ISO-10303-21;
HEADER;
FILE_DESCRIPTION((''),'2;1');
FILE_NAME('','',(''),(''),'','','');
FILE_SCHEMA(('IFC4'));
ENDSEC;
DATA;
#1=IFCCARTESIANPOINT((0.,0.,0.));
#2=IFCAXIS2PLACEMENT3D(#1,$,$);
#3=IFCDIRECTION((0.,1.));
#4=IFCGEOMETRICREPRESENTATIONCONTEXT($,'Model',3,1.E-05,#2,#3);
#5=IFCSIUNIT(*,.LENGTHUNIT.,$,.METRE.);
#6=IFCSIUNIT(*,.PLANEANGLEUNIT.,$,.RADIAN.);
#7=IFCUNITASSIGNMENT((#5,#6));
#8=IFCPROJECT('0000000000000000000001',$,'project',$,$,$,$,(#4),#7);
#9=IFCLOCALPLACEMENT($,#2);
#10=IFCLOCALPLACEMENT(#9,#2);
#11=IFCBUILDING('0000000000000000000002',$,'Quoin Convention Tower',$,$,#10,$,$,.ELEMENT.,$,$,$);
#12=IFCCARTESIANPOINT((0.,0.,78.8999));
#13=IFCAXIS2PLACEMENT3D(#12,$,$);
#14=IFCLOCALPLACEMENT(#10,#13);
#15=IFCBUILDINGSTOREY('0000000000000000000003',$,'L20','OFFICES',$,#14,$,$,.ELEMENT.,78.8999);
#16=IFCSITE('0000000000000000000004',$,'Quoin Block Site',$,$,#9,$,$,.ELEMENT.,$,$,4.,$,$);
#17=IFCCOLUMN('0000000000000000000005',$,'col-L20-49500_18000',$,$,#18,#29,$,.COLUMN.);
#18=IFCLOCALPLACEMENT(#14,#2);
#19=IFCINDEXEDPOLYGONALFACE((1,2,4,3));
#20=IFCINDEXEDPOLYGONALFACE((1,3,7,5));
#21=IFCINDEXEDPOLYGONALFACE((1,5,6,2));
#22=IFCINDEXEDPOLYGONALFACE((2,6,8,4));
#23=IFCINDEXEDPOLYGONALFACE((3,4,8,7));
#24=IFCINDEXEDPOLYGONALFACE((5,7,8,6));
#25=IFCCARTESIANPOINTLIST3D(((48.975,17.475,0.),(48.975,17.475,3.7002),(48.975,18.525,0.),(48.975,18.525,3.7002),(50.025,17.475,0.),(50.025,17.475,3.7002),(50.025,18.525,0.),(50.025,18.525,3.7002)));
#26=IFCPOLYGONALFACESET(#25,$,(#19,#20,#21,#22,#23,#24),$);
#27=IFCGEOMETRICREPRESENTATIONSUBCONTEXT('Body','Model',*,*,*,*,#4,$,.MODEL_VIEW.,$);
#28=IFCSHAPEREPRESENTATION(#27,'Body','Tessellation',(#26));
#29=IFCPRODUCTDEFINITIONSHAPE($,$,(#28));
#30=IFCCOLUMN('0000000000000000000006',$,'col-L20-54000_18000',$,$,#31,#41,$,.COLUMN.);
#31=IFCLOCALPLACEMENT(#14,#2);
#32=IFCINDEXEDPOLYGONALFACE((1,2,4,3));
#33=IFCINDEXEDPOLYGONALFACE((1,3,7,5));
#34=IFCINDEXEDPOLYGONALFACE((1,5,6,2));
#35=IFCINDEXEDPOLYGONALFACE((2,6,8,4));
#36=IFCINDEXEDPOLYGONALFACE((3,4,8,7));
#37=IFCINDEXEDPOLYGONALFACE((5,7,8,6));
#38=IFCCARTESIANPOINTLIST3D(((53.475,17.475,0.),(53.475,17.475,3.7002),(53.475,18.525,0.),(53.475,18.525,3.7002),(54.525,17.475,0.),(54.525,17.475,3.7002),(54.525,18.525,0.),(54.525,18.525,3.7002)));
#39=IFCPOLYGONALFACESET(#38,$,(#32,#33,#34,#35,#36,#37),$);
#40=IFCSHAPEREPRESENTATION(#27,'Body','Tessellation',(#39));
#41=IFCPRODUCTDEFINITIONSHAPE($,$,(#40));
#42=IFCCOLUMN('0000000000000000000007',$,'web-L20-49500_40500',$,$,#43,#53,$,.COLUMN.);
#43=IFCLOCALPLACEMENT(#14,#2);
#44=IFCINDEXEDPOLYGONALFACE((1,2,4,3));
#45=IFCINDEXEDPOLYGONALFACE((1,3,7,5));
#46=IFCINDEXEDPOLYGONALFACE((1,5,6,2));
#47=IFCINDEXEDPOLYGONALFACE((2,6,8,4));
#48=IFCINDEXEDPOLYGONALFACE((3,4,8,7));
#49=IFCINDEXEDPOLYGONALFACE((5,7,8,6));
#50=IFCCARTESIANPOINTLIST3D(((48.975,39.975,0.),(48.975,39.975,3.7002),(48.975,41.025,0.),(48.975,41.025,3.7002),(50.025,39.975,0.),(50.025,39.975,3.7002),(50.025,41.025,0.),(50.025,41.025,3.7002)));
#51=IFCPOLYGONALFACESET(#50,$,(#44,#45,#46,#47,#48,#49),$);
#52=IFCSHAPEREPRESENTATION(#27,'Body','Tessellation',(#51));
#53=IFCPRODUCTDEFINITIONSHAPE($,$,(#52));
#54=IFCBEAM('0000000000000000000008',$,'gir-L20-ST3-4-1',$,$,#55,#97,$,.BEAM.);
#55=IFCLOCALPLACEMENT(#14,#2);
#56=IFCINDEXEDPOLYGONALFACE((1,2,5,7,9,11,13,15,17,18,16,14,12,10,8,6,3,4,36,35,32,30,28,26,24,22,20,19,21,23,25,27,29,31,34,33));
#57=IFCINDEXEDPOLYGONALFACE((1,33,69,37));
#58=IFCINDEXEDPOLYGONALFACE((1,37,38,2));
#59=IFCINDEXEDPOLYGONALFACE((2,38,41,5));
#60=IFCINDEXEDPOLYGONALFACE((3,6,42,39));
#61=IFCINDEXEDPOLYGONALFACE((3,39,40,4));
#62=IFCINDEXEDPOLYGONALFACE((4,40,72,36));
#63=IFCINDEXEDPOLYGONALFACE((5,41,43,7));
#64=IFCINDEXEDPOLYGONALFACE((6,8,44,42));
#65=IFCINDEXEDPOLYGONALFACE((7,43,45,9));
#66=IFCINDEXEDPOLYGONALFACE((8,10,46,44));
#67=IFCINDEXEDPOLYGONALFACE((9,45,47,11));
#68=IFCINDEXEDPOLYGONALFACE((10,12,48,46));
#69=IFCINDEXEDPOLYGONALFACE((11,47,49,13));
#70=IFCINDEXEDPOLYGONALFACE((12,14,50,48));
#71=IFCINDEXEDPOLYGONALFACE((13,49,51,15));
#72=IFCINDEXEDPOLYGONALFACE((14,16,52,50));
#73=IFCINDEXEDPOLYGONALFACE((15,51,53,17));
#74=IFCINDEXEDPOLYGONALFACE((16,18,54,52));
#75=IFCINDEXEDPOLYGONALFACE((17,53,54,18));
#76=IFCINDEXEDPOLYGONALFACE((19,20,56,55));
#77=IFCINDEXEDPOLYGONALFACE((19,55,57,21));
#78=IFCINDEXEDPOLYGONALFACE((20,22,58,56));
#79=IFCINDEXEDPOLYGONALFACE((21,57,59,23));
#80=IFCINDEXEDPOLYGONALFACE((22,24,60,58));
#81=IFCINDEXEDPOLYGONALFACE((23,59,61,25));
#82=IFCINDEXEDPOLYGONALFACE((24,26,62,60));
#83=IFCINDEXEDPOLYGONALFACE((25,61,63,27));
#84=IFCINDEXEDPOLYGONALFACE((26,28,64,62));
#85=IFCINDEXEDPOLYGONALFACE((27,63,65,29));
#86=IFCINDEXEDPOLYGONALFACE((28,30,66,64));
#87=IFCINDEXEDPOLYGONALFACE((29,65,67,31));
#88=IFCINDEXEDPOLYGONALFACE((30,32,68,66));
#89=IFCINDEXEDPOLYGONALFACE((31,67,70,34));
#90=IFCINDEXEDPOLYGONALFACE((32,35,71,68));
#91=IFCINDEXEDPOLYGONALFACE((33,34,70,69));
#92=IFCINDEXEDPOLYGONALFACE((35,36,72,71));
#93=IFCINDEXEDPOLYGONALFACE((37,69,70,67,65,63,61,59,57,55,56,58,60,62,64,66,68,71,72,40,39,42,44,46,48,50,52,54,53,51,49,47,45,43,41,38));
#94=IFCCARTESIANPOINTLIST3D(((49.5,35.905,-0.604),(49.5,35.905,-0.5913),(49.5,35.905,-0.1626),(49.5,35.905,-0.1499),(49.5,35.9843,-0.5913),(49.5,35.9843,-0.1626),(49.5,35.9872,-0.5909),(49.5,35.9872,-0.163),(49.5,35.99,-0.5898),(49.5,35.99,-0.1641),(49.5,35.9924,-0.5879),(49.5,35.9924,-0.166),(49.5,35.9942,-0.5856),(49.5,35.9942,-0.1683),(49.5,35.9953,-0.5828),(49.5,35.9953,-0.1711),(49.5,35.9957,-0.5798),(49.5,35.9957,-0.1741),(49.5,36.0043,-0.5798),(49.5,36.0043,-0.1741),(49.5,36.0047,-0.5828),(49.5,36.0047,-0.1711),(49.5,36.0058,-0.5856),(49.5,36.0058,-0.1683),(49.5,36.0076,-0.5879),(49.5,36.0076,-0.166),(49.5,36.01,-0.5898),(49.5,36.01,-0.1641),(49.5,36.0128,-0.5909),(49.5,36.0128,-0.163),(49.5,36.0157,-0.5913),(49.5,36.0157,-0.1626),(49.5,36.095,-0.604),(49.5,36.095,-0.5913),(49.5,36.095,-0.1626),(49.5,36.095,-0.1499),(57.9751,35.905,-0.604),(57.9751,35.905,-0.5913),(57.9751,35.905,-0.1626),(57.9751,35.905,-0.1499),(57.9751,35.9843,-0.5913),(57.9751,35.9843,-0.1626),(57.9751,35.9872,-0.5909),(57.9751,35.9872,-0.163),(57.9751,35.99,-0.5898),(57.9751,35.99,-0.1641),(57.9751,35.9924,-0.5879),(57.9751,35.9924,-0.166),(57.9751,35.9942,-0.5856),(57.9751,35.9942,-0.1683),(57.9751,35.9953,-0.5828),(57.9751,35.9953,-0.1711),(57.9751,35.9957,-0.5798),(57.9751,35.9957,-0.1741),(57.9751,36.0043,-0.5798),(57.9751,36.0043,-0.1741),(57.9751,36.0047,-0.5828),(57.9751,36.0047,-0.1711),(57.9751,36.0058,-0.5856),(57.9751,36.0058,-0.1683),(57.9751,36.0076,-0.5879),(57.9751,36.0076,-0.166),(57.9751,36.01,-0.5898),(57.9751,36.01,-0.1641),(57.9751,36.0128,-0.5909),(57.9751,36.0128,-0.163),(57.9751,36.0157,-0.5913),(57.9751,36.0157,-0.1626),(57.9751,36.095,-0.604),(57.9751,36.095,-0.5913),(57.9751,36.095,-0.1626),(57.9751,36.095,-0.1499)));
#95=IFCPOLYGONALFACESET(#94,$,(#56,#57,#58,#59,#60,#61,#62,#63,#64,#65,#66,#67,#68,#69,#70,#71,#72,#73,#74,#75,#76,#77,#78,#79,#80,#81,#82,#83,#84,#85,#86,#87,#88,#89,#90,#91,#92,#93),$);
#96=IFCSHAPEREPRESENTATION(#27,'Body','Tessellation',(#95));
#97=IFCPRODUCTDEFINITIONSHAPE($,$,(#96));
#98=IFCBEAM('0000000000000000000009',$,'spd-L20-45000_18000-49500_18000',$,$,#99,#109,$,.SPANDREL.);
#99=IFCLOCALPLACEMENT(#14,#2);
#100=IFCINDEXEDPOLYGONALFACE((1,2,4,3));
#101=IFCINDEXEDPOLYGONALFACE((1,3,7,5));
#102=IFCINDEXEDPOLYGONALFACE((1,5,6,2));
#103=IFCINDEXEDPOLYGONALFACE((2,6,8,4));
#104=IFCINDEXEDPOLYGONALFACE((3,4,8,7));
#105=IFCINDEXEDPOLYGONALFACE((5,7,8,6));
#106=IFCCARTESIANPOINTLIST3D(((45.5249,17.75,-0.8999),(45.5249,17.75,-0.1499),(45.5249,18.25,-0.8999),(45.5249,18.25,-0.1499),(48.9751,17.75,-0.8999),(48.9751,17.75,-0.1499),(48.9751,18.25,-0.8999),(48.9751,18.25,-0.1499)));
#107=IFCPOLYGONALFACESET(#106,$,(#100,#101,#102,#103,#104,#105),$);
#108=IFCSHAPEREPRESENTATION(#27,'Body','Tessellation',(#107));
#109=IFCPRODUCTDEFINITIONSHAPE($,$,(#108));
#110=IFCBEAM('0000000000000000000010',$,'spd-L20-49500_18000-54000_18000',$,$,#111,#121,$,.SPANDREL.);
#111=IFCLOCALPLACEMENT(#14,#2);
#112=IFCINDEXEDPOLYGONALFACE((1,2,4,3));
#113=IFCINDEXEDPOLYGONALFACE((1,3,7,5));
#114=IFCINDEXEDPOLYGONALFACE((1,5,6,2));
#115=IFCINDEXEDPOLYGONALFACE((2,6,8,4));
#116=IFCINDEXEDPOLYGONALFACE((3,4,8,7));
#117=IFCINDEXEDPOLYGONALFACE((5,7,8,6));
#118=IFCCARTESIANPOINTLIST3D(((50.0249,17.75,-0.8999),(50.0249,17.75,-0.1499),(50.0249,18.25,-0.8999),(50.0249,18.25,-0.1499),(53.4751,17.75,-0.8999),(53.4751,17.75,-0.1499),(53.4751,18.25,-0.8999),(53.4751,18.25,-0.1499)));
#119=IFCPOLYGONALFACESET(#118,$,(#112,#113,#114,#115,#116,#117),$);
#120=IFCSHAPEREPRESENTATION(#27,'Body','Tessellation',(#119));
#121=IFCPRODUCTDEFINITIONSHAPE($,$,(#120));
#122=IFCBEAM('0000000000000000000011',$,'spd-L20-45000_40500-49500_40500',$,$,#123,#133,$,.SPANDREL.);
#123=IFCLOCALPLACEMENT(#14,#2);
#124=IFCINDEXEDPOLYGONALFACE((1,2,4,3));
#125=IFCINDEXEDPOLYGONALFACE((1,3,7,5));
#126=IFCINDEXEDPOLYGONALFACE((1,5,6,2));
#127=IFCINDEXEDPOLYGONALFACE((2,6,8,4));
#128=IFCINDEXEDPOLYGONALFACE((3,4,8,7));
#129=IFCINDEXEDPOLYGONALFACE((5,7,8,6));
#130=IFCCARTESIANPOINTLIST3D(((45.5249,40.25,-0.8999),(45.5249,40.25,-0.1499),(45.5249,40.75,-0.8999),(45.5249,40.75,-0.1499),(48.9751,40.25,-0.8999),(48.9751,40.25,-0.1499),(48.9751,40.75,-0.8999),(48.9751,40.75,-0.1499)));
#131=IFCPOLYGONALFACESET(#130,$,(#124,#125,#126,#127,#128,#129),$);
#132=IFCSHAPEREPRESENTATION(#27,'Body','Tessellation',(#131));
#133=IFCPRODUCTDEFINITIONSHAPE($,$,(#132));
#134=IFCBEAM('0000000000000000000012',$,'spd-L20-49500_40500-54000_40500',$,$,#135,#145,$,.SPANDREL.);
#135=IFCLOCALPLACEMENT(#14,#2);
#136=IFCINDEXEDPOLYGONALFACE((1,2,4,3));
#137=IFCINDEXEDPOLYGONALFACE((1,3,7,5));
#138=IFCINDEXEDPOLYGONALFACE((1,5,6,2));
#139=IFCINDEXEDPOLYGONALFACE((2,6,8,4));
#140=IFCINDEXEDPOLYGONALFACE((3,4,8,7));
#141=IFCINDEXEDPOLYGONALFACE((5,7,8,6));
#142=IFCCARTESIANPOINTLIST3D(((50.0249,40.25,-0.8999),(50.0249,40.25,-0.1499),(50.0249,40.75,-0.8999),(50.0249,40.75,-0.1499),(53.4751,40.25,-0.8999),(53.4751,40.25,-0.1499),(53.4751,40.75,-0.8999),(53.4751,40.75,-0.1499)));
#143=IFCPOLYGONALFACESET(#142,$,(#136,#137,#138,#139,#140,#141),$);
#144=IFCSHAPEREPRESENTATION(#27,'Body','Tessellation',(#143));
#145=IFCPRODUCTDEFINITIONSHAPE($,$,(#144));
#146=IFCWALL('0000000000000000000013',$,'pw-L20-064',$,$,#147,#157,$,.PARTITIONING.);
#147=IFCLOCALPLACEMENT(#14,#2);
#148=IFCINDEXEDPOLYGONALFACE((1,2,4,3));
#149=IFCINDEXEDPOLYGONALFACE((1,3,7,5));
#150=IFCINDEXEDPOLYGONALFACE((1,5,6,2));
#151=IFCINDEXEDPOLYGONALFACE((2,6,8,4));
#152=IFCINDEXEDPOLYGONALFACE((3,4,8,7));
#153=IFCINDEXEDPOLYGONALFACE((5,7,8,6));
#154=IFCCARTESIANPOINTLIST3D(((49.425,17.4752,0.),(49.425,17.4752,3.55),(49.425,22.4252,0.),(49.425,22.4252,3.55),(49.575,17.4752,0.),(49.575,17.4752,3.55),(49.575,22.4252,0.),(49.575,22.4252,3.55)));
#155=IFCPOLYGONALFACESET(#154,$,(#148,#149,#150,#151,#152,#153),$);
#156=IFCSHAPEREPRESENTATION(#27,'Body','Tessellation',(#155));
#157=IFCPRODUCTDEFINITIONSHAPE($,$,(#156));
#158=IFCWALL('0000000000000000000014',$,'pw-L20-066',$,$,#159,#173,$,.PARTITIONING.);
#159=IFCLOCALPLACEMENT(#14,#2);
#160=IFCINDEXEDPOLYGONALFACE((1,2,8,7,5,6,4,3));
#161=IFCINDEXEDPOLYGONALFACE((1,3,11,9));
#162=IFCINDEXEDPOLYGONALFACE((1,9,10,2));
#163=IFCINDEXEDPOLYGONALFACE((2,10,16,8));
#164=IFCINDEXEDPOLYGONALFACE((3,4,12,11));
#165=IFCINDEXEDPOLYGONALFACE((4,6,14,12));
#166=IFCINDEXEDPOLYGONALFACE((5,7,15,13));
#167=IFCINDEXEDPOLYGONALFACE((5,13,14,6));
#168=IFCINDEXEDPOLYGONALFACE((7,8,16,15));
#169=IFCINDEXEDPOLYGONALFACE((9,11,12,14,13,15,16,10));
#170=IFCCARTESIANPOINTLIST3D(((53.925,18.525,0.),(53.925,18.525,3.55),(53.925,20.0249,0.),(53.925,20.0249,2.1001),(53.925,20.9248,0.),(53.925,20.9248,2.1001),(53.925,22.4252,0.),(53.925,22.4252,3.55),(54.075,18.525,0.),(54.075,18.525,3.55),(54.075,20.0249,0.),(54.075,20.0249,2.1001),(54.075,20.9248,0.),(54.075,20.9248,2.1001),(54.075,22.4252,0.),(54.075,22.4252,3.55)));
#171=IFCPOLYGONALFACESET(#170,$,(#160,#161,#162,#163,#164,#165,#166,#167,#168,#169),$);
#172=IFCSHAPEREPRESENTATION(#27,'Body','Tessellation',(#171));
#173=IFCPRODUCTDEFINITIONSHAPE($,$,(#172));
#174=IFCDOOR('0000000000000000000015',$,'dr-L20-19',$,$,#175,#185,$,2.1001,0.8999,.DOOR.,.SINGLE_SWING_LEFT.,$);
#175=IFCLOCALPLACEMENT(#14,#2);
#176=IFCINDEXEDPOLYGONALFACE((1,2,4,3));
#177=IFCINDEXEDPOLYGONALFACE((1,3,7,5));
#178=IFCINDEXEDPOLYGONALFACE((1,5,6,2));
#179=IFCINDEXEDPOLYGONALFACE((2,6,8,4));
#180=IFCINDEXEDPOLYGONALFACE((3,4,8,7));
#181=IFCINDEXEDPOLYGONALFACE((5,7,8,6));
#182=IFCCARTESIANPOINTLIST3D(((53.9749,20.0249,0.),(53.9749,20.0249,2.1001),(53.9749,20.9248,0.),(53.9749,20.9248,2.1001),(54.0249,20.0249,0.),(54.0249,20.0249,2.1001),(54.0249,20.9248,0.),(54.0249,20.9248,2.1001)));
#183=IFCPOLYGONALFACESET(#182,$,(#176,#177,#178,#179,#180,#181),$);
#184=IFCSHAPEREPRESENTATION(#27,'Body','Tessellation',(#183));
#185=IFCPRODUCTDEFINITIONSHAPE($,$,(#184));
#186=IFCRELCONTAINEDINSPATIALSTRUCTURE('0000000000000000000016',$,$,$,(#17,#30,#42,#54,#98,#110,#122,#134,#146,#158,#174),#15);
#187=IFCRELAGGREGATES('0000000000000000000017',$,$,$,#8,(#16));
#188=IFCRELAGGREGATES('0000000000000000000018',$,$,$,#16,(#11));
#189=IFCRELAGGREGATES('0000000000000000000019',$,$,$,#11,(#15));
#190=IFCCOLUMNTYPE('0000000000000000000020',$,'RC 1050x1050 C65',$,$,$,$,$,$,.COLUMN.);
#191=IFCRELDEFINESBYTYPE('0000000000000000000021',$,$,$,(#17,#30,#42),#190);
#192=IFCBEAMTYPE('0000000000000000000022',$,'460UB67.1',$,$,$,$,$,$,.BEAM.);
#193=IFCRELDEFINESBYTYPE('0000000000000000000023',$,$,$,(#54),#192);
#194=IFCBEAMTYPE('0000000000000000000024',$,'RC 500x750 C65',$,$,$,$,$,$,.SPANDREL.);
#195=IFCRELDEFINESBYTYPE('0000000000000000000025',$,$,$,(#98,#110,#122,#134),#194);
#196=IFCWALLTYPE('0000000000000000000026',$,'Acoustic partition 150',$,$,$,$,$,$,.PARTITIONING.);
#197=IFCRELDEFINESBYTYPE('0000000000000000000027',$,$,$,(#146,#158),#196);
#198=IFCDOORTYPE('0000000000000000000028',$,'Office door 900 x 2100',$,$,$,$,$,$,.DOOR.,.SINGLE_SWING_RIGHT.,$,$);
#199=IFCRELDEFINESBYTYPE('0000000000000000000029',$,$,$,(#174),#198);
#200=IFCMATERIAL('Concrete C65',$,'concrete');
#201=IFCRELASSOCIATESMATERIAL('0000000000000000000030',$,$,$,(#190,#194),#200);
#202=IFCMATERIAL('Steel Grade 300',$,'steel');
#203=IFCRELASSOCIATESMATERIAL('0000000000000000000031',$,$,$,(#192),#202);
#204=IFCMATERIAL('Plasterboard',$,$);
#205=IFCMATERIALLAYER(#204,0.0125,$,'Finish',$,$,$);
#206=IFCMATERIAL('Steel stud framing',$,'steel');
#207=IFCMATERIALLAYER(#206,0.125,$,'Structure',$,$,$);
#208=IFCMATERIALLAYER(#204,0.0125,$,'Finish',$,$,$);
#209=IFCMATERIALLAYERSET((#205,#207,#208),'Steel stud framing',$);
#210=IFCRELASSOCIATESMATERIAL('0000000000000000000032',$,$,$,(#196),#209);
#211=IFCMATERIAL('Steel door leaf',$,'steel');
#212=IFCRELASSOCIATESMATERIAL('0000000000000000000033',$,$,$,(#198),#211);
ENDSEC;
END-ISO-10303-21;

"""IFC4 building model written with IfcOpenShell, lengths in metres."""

from ifc_helpers import new_model, si_unit, direction, frame, frame_2d, origin, origin_2d, place, context, subcontext, project, spatial, rectangle, i_section, extrude, material, layer, layer_set, material_profile, profile_set, type_object, element, fill, save


model = new_model("IFC4")

# Units and contexts
model_context = context("Model", 3, precision=1e-05, world=origin(), true_north=direction((0.0, 1.0)))
body_context = subcontext(model_context, "Body", "Model", "MODEL_VIEW")
ifc_project = project(units=[si_unit("LENGTHUNIT", "METRE"), si_unit("PLANEANGLEUNIT", "RADIAN")], contexts=[model_context])

# Site, building, storey
site_placement = place(None, origin())
site = spatial("IfcSite", under=ifc_project, at=site_placement, Name="Quoin Block Site", CompositionType="ELEMENT", RefElevation=4.0)
building_placement = place(site_placement, origin())
building = spatial("IfcBuilding", under=site, at=building_placement, Name="Quoin Convention Tower", CompositionType="ELEMENT")
storey_placement = place(building_placement, frame((0.0, 0.0, 78.8999)))
storey = spatial("IfcBuildingStorey", under=building, at=storey_placement, Name="L20", Description="OFFICES", CompositionType="ELEMENT", Elevation=78.8999)

# Columns
ifc_material_1 = material(Name="Concrete C65", Category="concrete")
ifc_material_profile_1 = material_profile(ifc_material_1, rectangle(XDim=1.05, YDim=1.05, at=origin_2d()), Name="RC 1050x1050")
ifc_profile_set_1 = profile_set([ifc_material_profile_1], Name="Concrete C65")
column_type = type_object("IfcColumnType", Name="RC 1050x1050 C65", PredefinedType="COLUMN", material=ifc_profile_set_1)
for number, where, z_axis, x_axis, name in (
    (1, (49.5, 18.0, 0.0), (0.0, 0.0, 1.0), (1.0, 0.0, 0.0), "col-L20-49500_18000"),
    (2, (54.0, 18.0, 0.0), (0.0, 0.0, 1.0), (1.0, 0.0, 0.0), "col-L20-54000_18000"),
    (3, (49.5, 40.5, 0.0), (0.0, 0.0, 1.0), (1.0, 0.0, 0.0), "web-L20-49500_40500"),
):
    element("IfcColumn", number, at=place(storey_placement, frame(where, z_axis=z_axis, x_axis=x_axis)), inside=storey, type_object=column_type, Name=name, PredefinedType="COLUMN", context=body_context, shape_type="SweptSolid", body=[
        extrude(rectangle(XDim=1.05, YDim=1.05, at=origin_2d()), origin(), (0.0, 0.0, 1.0), 3.7002),
    ])

# Beams
ifc_material_2 = material(Name="Steel Grade 300", Category="steel")
ifc_material_profile_2 = material_profile(ifc_material_2, i_section(OverallWidth=0.1899, OverallDepth=0.4541, WebThickness=0.0085, FlangeThickness=0.0127, FilletRadius=0.0115, at=origin_2d()), Name="460UB67.1")
ifc_profile_set_2 = profile_set([ifc_material_profile_2], Name="Steel Grade 300")
beam_type_1 = type_object("IfcBeamType", Name="460UB67.1", PredefinedType="BEAM", material=ifc_profile_set_2)
beam_placement = place(storey_placement, frame((49.5, 36.0, -0.377), z_axis=(1.0, 0.0, 0.0), x_axis=(0.0, 1.0, 0.0)))
element("IfcBeam", 4, at=beam_placement, inside=storey, type_object=beam_type_1, Name="gir-L20-ST3-4-1", PredefinedType="BEAM", context=body_context, shape_type="SweptSolid", body=[
    extrude(i_section(OverallWidth=0.1899, OverallDepth=0.4541, WebThickness=0.0085, FlangeThickness=0.0127, FilletRadius=0.0115, at=origin_2d()), origin(), (0.0, 0.0, 1.0), 8.4751),
])
ifc_material_profile_3 = material_profile(ifc_material_1, rectangle(XDim=0.5, YDim=0.75, at=origin_2d()), Name="RC 500x750")
ifc_profile_set_3 = profile_set([ifc_material_profile_3], Name="Concrete C65")
beam_type_2 = type_object("IfcBeamType", Name="RC 500x750 C65", PredefinedType="SPANDREL", material=ifc_profile_set_3)
for number, where, z_axis, x_axis, name in (
    (5, (45.5249, 18.0, -0.5249), (1.0, 0.0, 0.0), (0.0, 1.0, 0.0), "spd-L20-45000_18000-49500_18000"),
    (6, (50.0249, 18.0, -0.5249), (1.0, 0.0, 0.0), (0.0, 1.0, 0.0), "spd-L20-49500_18000-54000_18000"),
    (7, (45.5249, 40.5, -0.5249), (1.0, 0.0, 0.0), (0.0, 1.0, 0.0), "spd-L20-45000_40500-49500_40500"),
    (8, (50.0249, 40.5, -0.5249), (1.0, 0.0, 0.0), (0.0, 1.0, 0.0), "spd-L20-49500_40500-54000_40500"),
):
    element("IfcBeam", number, at=place(storey_placement, frame(where, z_axis=z_axis, x_axis=x_axis)), inside=storey, type_object=beam_type_2, Name=name, PredefinedType="SPANDREL", context=body_context, shape_type="SweptSolid", body=[
        extrude(rectangle(XDim=0.5, YDim=0.75, at=origin_2d()), origin(), (0.0, 0.0, 1.0), 3.4502),
    ])

# Wall
ifc_material_3 = material(Name="Plasterboard")
ifc_layer_1 = layer(ifc_material_3, 0.0125, Name="Finish")
ifc_material_4 = material(Name="Steel stud framing", Category="steel")
ifc_layer_2 = layer(ifc_material_4, 0.125, Name="Structure")
ifc_layer_3 = layer(ifc_material_3, 0.0125, Name="Finish")
ifc_layer_set_1 = layer_set([ifc_layer_1, ifc_layer_2, ifc_layer_3], Name="Steel stud framing")
wall_type_1 = type_object("IfcWallType", Name="Acoustic partition 150", PredefinedType="PARTITIONING", material=ifc_layer_set_1)
wall_1_placement = place(storey_placement, frame((49.5, 17.4751, 0.0), z_axis=(0.0, 0.0, 1.0), x_axis=(0.0, 1.0, 0.0)))
element("IfcWall", 9, at=wall_1_placement, inside=storey, type_object=wall_type_1, Name="pw-L20-064", PredefinedType="PARTITIONING", context=body_context, shape_type="SweptSolid", body=[
    extrude(rectangle(XDim=4.95, YDim=0.1499, at=frame_2d((2.4751, 0.0))), origin(), (0.0, 0.0, 1.0), 3.55),
])

# Wall, opening, door
wall_2_placement = place(storey_placement, frame((54.0, 18.5249, 0.0), z_axis=(0.0, 0.0, 1.0), x_axis=(0.0, 1.0, 0.0)))
wall_2 = element("IfcWall", 10, at=wall_2_placement, inside=storey, type_object=wall_type_1, Name="pw-L20-066", PredefinedType="PARTITIONING", context=body_context, shape_type="SweptSolid", body=[
    extrude(rectangle(XDim=3.9001, YDim=0.1499, at=frame_2d((1.9502, 0.0))), origin(), (0.0, 0.0, 1.0), 3.55),
])
opening_1_placement = place(wall_2_placement, frame((1.5, 0.0, 0.0)))
opening_1 = element("IfcOpeningElement", 11, at=opening_1_placement, cuts=wall_2, PredefinedType="OPENING", context=body_context, shape_type="SweptSolid", body=[
    extrude(rectangle(XDim=0.8999, YDim=2.1001, at=frame_2d((0.45, 1.05))), frame((0.0, 0.085, 0.0), z_axis=(0.0, -1.0, 0.0), x_axis=(1.0, 0.0, 0.0)), (0.0, 0.0, 1.0), 0.1699),
])
ifc_material_5 = material(Name="Steel door leaf", Category="steel")
door_type_1 = type_object("IfcDoorType", Name="Office door 900 x 2100", OperationType="SINGLE_SWING_RIGHT", PredefinedType="DOOR", material=ifc_material_5)
door_1_placement = place(opening_1_placement, frame((0.8999, 0.0, 0.0), z_axis=(0.0, 0.0, 1.0), x_axis=(-1.0, 0.0, 0.0)))
door_1 = element("IfcDoor", 12, at=door_1_placement, inside=storey, type_object=door_type_1, Name="dr-L20-19", OperationType="SINGLE_SWING_LEFT", OverallHeight=2.1001, OverallWidth=0.8999, PredefinedType="DOOR", context=body_context, shape_type="SweptSolid", body=[
    extrude(rectangle(XDim=0.8999, YDim=2.1001, at=frame_2d((0.45, 1.05))), frame((0.0, 0.0249, 0.0), z_axis=(0.0, -1.0, 0.0), x_axis=(1.0, 0.0, 0.0)), (0.0, 0.0, 1.0), 0.05),
])
fill(opening_1, door_1)

save(model, "model.ifc")
